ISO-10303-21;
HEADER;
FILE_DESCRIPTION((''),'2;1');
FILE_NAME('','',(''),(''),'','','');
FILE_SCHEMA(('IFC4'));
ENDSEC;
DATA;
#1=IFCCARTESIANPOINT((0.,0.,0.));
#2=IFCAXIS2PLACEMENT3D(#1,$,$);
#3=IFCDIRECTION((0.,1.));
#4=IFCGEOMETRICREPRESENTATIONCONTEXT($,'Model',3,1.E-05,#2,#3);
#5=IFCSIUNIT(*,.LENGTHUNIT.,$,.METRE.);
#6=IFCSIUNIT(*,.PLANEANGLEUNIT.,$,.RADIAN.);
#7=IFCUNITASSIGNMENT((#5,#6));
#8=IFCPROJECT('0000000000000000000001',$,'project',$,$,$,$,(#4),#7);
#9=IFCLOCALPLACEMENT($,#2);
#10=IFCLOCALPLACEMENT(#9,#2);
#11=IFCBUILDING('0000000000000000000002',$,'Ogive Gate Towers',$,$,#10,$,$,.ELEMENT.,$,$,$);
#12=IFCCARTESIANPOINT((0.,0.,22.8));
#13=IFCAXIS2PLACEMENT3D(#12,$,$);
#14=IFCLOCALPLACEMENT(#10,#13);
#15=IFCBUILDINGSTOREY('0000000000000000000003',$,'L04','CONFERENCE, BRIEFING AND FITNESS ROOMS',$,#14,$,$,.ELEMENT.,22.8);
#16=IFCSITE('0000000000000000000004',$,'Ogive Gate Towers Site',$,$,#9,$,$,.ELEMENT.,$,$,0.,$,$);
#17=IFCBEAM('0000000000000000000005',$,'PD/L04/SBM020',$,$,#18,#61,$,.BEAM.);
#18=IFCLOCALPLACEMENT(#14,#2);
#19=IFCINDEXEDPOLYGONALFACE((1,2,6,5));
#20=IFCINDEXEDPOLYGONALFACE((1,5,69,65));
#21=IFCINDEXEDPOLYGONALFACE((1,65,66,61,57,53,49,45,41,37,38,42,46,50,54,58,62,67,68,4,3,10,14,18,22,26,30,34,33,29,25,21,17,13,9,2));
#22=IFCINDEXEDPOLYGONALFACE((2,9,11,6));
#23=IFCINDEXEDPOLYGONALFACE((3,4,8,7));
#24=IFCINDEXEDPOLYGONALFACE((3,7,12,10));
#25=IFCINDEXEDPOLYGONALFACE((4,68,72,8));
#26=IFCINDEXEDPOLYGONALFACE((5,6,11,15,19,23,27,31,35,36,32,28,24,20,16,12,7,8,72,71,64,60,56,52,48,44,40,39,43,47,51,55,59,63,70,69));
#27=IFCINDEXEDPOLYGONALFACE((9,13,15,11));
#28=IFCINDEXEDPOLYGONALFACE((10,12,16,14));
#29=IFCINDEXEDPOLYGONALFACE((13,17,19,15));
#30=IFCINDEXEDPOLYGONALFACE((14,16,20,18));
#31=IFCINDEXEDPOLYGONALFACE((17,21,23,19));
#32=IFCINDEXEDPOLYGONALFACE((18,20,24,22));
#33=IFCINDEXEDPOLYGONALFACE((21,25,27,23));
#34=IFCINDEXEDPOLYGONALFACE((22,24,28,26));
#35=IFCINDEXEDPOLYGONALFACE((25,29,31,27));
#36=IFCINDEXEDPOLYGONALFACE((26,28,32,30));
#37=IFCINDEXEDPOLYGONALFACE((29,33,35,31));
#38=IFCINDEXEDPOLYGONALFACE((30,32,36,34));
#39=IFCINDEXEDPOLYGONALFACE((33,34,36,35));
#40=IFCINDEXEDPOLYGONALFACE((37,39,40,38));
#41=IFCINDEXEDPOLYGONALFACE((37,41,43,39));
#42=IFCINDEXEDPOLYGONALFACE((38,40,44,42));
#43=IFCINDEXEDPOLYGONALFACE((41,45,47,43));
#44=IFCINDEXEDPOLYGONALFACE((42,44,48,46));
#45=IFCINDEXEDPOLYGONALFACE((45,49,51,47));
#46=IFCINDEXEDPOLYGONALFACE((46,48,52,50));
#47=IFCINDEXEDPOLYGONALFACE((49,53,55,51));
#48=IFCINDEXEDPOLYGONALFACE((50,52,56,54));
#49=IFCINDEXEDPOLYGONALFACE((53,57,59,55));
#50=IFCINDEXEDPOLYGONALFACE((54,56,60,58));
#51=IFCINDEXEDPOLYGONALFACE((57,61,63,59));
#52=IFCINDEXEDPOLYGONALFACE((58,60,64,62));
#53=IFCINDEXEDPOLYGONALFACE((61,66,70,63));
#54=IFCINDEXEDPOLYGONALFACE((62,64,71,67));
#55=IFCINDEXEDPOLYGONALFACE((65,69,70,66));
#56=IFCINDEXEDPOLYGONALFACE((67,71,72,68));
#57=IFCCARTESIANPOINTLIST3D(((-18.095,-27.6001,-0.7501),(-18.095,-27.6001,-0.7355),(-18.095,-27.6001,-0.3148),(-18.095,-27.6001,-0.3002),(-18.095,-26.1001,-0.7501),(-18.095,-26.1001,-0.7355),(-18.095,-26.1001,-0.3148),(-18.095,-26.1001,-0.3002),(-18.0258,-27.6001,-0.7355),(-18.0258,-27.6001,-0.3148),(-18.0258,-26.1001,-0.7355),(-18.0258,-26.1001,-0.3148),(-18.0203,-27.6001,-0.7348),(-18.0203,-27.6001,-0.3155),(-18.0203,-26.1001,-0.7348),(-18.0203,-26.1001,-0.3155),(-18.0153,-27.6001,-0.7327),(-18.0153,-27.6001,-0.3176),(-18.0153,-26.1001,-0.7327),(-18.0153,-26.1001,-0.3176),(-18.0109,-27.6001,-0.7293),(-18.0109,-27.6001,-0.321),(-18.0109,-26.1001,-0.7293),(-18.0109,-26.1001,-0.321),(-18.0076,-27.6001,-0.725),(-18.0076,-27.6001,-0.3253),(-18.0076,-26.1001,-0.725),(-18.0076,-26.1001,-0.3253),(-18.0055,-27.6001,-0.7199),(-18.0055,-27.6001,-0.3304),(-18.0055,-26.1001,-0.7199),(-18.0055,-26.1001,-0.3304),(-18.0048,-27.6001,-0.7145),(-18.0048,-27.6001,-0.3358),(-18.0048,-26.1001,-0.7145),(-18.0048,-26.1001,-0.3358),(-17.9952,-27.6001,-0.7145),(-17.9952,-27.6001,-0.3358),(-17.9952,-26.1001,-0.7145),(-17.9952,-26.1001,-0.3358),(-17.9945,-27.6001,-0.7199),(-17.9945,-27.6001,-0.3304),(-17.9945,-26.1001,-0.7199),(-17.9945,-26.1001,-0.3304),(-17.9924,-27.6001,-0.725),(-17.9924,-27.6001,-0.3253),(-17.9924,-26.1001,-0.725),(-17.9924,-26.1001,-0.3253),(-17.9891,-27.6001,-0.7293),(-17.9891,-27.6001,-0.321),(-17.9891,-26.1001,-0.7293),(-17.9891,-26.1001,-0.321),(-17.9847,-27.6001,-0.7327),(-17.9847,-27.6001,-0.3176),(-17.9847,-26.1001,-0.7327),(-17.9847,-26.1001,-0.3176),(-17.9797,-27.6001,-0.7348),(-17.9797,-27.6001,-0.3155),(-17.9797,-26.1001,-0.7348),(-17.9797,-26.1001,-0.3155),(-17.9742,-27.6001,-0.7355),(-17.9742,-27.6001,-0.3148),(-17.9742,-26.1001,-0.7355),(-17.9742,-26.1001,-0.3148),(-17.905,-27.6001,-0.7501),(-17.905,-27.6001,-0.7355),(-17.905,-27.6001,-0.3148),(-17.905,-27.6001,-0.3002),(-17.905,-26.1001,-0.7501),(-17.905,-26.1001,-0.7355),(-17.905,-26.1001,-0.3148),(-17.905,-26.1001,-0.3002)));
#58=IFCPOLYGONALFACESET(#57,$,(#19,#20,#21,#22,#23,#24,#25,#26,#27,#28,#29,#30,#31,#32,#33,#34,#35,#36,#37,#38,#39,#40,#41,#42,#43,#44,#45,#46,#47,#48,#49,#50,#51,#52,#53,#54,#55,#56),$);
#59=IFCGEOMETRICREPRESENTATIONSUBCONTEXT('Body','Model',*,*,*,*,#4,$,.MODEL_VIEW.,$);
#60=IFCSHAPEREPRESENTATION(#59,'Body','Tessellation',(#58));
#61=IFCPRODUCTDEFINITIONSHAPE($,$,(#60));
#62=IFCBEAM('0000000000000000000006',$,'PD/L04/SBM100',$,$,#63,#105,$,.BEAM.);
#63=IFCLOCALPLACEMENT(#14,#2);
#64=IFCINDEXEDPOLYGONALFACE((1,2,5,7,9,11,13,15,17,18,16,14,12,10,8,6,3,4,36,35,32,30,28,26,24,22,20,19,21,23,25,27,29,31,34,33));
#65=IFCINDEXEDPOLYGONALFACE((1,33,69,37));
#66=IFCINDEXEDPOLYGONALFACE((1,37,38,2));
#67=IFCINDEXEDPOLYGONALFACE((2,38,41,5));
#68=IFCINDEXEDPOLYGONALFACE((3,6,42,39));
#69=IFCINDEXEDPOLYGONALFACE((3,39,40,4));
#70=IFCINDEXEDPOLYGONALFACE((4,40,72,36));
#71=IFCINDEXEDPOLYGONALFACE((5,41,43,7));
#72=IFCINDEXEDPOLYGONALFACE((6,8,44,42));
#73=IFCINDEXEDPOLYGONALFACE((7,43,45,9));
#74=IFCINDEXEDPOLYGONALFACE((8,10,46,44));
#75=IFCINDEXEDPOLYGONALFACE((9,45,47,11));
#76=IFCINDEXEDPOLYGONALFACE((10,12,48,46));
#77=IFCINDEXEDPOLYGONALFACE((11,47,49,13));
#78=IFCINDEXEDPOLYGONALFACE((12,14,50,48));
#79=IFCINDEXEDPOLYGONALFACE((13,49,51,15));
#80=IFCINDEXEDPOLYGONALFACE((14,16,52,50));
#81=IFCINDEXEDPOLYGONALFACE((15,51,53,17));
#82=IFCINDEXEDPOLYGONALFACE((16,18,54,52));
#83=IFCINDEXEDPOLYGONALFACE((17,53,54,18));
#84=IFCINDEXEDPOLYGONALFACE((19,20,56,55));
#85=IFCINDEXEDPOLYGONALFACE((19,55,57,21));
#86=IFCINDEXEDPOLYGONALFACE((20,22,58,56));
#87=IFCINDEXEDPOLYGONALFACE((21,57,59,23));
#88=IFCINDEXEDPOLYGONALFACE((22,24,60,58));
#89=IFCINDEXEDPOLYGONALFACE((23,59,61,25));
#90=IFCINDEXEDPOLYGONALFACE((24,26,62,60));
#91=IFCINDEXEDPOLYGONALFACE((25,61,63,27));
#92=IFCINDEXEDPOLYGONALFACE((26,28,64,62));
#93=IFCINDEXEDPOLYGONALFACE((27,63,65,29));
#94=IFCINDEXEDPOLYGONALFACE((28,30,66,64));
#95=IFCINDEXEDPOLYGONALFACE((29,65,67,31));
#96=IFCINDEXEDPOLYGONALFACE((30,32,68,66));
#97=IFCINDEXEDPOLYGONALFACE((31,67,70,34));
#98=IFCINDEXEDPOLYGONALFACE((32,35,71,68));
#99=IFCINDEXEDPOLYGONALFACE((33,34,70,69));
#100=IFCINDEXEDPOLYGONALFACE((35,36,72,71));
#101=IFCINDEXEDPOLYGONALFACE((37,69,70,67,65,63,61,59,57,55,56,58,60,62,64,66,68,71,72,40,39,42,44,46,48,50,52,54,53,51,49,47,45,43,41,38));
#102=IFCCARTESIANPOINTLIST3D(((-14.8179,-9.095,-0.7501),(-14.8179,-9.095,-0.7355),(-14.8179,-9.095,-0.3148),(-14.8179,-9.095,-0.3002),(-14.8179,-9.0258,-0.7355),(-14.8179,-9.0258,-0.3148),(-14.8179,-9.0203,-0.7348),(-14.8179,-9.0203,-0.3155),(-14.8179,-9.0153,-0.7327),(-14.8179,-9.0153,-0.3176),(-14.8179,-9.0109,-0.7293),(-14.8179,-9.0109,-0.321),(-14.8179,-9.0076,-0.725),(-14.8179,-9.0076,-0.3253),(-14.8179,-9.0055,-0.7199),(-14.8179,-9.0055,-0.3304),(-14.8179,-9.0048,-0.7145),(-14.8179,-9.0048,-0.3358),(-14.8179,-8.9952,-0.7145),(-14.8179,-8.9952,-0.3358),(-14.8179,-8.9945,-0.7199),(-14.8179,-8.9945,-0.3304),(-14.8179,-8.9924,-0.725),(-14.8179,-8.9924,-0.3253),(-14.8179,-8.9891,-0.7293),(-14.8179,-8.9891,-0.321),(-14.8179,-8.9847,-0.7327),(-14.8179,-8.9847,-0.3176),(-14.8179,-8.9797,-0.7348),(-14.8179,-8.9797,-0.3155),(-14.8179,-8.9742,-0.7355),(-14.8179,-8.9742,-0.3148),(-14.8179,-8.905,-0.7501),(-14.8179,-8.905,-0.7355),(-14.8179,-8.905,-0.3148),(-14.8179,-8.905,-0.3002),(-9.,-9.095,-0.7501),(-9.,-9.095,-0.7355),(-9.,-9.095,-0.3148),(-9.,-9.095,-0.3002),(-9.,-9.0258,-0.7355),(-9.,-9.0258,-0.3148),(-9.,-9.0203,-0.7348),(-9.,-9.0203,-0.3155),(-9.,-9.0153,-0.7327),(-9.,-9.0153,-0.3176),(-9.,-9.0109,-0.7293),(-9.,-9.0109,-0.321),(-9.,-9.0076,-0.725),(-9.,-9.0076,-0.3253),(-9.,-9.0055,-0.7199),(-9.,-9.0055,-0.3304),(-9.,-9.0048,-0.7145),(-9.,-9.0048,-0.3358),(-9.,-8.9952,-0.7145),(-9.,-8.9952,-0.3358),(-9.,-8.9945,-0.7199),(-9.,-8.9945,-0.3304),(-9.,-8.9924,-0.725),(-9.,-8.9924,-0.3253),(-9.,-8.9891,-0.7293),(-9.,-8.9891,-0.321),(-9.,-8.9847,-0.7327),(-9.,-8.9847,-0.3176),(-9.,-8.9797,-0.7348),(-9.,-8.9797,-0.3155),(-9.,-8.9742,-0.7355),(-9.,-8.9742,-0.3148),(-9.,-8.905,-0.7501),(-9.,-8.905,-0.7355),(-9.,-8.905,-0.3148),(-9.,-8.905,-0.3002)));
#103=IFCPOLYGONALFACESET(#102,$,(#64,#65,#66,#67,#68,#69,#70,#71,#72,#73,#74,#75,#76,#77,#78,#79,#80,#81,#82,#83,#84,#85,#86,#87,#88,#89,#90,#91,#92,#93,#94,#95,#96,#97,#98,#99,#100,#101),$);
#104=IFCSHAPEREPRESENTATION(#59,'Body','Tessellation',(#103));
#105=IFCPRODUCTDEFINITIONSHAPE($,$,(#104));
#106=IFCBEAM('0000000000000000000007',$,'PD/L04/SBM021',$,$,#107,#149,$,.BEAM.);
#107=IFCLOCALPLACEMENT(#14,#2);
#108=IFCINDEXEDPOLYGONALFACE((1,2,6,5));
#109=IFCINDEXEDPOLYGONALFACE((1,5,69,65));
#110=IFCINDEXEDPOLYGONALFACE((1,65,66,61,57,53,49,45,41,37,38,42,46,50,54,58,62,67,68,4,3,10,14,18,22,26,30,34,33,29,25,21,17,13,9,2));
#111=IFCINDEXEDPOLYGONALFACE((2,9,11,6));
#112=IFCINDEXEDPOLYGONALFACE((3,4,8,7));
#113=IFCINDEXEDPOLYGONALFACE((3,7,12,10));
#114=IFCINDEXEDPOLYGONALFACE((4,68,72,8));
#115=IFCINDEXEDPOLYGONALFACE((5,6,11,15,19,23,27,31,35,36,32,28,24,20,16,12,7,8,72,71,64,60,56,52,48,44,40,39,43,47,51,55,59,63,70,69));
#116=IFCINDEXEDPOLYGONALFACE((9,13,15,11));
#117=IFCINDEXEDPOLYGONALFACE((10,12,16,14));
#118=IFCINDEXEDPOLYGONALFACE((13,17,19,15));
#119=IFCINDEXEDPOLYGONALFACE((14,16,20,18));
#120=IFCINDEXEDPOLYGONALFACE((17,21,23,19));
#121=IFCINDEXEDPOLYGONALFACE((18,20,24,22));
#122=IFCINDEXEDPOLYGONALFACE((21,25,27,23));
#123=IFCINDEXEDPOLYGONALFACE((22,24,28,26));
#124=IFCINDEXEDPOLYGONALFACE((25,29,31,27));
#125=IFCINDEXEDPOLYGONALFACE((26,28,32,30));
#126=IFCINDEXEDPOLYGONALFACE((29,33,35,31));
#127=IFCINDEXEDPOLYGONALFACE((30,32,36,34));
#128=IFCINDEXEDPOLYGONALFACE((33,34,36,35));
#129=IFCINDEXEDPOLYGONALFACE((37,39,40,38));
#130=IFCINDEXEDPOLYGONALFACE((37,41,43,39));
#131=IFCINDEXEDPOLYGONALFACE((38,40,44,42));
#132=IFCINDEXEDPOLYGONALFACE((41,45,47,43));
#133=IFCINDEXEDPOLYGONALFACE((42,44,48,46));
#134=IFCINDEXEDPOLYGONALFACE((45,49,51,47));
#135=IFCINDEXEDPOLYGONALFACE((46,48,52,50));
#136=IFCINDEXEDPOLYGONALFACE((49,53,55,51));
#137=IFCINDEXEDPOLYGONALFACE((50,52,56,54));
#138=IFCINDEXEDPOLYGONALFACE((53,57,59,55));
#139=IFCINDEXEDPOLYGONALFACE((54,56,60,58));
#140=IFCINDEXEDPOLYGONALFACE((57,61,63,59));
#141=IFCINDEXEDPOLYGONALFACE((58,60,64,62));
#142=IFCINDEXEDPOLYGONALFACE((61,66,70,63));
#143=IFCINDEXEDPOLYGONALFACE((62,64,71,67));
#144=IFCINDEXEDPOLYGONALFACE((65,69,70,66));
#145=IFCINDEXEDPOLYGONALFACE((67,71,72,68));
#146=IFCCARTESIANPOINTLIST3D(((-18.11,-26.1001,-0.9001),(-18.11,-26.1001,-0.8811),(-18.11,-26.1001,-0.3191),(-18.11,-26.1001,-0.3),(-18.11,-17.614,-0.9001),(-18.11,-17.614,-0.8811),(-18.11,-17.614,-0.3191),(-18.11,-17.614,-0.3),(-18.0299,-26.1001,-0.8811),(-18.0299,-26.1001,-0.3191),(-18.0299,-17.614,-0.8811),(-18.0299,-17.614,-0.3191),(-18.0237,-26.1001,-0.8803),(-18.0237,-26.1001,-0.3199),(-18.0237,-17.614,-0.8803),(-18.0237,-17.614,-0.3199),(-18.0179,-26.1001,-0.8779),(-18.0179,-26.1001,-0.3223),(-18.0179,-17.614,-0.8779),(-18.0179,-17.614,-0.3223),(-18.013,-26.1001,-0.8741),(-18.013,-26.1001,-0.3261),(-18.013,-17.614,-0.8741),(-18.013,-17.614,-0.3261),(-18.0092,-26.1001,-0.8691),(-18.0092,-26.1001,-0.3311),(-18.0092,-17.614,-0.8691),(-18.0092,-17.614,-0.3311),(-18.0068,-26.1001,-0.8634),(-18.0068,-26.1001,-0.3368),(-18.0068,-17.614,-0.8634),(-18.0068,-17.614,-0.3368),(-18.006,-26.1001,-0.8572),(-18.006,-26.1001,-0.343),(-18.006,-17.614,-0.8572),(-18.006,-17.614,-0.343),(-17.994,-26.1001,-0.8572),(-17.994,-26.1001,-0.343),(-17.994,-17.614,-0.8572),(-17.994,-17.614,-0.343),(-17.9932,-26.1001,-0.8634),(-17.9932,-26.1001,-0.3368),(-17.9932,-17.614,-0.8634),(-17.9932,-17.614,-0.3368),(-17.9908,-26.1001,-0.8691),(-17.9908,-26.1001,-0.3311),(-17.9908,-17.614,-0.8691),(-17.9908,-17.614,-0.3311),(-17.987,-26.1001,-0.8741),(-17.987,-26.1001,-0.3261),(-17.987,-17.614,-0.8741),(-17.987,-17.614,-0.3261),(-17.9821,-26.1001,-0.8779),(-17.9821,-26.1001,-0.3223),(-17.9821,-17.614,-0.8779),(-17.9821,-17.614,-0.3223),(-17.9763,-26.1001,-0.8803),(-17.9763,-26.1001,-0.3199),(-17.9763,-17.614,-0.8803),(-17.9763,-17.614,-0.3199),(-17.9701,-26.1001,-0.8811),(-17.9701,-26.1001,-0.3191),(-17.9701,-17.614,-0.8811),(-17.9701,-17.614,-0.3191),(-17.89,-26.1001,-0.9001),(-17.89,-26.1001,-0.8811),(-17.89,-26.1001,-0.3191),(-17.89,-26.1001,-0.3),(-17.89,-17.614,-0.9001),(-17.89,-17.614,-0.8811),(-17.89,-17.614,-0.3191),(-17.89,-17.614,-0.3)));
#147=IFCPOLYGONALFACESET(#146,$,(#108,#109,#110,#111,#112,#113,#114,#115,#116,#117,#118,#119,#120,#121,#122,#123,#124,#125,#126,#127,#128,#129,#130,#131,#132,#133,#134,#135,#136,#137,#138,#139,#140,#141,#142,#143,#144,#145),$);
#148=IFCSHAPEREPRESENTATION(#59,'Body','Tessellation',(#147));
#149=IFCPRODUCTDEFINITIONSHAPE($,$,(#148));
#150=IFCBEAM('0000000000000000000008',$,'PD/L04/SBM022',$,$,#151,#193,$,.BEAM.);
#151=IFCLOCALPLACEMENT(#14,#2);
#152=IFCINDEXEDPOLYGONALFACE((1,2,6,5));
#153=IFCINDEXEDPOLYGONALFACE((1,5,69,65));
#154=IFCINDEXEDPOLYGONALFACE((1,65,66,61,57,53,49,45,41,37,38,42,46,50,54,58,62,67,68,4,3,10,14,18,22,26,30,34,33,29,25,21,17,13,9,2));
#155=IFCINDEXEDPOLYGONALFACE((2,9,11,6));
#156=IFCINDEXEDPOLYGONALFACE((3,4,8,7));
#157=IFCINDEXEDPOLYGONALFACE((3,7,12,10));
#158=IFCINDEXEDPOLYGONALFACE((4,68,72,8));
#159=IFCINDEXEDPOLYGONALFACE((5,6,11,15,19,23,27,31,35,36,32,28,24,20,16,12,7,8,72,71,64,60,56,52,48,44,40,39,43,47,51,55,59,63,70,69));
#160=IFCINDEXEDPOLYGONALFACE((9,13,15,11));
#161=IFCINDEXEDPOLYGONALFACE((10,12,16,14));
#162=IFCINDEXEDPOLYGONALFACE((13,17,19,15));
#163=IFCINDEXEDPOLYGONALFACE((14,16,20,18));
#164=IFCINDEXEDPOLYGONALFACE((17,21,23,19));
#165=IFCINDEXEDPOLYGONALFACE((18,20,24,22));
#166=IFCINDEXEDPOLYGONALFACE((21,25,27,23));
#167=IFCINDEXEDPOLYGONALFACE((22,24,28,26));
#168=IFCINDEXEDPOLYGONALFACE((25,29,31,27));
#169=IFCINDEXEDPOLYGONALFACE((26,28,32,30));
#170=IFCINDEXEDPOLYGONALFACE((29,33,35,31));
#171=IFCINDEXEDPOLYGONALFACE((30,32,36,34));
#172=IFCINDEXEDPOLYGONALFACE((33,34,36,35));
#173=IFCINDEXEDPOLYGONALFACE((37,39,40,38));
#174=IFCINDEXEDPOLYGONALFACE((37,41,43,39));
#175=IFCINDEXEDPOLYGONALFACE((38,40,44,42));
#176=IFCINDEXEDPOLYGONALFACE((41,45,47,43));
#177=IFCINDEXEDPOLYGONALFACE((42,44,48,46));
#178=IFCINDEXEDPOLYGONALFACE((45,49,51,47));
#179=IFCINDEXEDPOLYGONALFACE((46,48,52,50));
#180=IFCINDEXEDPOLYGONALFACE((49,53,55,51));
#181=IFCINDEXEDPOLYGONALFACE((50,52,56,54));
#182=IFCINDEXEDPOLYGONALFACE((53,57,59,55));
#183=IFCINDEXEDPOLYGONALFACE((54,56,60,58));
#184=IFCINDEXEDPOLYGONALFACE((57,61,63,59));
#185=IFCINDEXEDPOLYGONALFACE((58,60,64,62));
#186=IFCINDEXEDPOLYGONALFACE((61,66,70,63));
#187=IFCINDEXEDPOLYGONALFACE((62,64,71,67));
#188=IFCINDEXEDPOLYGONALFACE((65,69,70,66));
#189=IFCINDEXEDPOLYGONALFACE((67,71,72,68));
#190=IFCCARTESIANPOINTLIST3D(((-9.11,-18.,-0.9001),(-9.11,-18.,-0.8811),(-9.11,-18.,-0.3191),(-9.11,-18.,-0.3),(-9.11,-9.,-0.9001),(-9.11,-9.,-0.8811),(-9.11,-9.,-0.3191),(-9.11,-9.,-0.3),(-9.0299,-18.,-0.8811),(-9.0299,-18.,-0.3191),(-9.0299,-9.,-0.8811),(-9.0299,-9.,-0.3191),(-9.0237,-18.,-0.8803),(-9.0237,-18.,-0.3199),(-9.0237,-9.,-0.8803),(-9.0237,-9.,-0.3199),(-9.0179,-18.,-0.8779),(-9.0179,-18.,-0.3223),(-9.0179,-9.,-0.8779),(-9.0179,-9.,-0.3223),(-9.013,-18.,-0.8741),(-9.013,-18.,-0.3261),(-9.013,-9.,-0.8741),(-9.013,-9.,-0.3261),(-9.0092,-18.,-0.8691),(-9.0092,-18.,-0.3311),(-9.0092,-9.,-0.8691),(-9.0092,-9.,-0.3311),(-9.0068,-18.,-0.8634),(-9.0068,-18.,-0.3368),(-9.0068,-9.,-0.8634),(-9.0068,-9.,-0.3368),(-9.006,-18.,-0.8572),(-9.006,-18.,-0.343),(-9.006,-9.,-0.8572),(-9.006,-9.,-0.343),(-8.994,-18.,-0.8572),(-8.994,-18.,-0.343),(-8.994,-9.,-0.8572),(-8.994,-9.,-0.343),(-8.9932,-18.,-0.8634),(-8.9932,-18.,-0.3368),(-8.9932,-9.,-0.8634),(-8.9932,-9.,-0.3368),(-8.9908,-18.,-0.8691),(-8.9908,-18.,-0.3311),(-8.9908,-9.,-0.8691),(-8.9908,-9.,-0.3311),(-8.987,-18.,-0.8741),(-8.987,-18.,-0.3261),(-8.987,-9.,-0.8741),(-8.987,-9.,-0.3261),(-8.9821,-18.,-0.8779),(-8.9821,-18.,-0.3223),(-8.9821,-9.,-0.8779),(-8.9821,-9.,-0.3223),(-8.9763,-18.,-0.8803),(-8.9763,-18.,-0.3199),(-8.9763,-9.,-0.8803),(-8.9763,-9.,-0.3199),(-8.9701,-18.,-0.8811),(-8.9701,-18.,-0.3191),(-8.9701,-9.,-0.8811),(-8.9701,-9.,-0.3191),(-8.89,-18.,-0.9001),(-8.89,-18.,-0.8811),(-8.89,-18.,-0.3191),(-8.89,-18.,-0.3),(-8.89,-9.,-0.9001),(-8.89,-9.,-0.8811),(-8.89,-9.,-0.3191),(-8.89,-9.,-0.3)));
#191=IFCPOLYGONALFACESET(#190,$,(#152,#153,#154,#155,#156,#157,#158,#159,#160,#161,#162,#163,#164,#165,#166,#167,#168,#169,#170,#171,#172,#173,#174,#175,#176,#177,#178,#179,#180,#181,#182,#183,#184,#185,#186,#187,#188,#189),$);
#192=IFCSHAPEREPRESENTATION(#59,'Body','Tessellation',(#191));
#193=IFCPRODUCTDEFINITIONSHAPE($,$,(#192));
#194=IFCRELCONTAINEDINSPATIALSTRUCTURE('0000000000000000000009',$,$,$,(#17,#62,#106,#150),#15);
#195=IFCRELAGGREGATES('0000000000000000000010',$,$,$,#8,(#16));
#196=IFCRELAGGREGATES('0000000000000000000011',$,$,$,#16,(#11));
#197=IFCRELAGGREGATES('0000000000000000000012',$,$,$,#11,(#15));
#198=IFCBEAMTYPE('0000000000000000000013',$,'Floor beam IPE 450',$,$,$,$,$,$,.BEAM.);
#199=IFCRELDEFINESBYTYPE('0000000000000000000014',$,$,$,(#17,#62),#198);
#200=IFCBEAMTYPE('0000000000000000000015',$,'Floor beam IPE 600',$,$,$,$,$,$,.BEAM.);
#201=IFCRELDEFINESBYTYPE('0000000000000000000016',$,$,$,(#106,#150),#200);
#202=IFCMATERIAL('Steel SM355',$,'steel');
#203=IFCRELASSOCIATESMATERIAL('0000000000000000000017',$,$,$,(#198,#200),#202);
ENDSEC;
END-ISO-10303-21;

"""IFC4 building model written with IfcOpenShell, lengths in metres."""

from ifc_helpers import new_model, si_unit, direction, frame, origin, origin_2d, place, context, subcontext, project, spatial, i_section, extrude, material, material_profile, profile_set, type_object, element, save


model = new_model("IFC4")

# Units and contexts
model_context = context("Model", 3, precision=1e-05, world=origin(), true_north=direction((0.0, 1.0)))
body_context = subcontext(model_context, "Body", "Model", "MODEL_VIEW")
ifc_project = project(units=[si_unit("LENGTHUNIT", "METRE"), si_unit("PLANEANGLEUNIT", "RADIAN")], contexts=[model_context])

# Site, building, storey
site_placement = place(None, origin())
site = spatial("IfcSite", under=ifc_project, at=site_placement, Name="Ogive Gate Towers Site", CompositionType="ELEMENT", RefElevation=0.0)
building_placement = place(site_placement, origin())
building = spatial("IfcBuilding", under=site, at=building_placement, Name="Ogive Gate Towers", CompositionType="ELEMENT")
storey_placement = place(building_placement, frame((0.0, 0.0, 22.8)))
storey = spatial("IfcBuildingStorey", under=building, at=storey_placement, Name="L04", Description="CONFERENCE, BRIEFING AND FITNESS ROOMS", CompositionType="ELEMENT", Elevation=22.8)

# Beams
ifc_material_1 = material(Name="Steel SM355", Category="steel")
ifc_material_profile_1 = material_profile(ifc_material_1, i_section(OverallWidth=0.1899, OverallDepth=0.45, WebThickness=0.0095, FlangeThickness=0.0146, FilletRadius=0.021, at=origin_2d()), Name="IPE 450")
ifc_profile_set_1 = profile_set([ifc_material_profile_1], Name="Steel SM355")
beam_type_1 = type_object("IfcBeamType", Name="Floor beam IPE 450", PredefinedType="BEAM", material=ifc_profile_set_1)
beam_1_placement = place(storey_placement, frame((-18.0, -27.6001, -0.5251), z_axis=(0.0, 1.0, 0.0), x_axis=(-1.0, 0.0, 0.0)))
element("IfcBeam", 1, at=beam_1_placement, inside=storey, type_object=beam_type_1, Name="PD/L04/SBM020", PredefinedType="BEAM", context=body_context, shape_type="SweptSolid", body=[
    extrude(i_section(OverallWidth=0.1899, OverallDepth=0.45, WebThickness=0.0095, FlangeThickness=0.0146, FilletRadius=0.021, at=origin_2d()), origin(), (0.0, 0.0, 1.0), 1.5),
])
beam_2_placement = place(storey_placement, frame((-9.0, -9.0, -0.5251), z_axis=(-1.0, 0.0, 0.0), x_axis=(0.0, -1.0, 0.0)))
element("IfcBeam", 2, at=beam_2_placement, inside=storey, type_object=beam_type_1, Name="PD/L04/SBM100", PredefinedType="BEAM", context=body_context, shape_type="SweptSolid", body=[
    extrude(i_section(OverallWidth=0.1899, OverallDepth=0.45, WebThickness=0.0095, FlangeThickness=0.0146, FilletRadius=0.021, at=origin_2d()), origin(), (0.0, 0.0, 1.0), 5.8179),
])
ifc_material_profile_2 = material_profile(ifc_material_1, i_section(OverallWidth=0.22, OverallDepth=0.6001, WebThickness=0.012, FlangeThickness=0.019, FilletRadius=0.0239, at=origin_2d()), Name="IPE 600")
ifc_profile_set_2 = profile_set([ifc_material_profile_2], Name="Steel SM355")
beam_type_2 = type_object("IfcBeamType", Name="Floor beam IPE 600", PredefinedType="BEAM", material=ifc_profile_set_2)
beam_3_placement = place(storey_placement, frame((-18.0, -26.1001, -0.6001), z_axis=(0.0, 1.0, 0.0), x_axis=(-1.0, 0.0, 0.0)))
element("IfcBeam", 3, at=beam_3_placement, inside=storey, type_object=beam_type_2, Name="PD/L04/SBM021", PredefinedType="BEAM", context=body_context, shape_type="SweptSolid", body=[
    extrude(i_section(OverallWidth=0.22, OverallDepth=0.6001, WebThickness=0.012, FlangeThickness=0.019, FilletRadius=0.0239, at=origin_2d()), origin(), (0.0, 0.0, 1.0), 8.4861),
])
beam_4_placement = place(storey_placement, frame((-9.0, -18.0, -0.6001), z_axis=(0.0, 1.0, 0.0), x_axis=(-1.0, 0.0, 0.0)))
element("IfcBeam", 4, at=beam_4_placement, inside=storey, type_object=beam_type_2, Name="PD/L04/SBM022", PredefinedType="BEAM", context=body_context, shape_type="SweptSolid", body=[
    extrude(i_section(OverallWidth=0.22, OverallDepth=0.6001, WebThickness=0.012, FlangeThickness=0.019, FilletRadius=0.0239, at=origin_2d()), origin(), (0.0, 0.0, 1.0), 9.0),
])

save(model, "model.ifc")
